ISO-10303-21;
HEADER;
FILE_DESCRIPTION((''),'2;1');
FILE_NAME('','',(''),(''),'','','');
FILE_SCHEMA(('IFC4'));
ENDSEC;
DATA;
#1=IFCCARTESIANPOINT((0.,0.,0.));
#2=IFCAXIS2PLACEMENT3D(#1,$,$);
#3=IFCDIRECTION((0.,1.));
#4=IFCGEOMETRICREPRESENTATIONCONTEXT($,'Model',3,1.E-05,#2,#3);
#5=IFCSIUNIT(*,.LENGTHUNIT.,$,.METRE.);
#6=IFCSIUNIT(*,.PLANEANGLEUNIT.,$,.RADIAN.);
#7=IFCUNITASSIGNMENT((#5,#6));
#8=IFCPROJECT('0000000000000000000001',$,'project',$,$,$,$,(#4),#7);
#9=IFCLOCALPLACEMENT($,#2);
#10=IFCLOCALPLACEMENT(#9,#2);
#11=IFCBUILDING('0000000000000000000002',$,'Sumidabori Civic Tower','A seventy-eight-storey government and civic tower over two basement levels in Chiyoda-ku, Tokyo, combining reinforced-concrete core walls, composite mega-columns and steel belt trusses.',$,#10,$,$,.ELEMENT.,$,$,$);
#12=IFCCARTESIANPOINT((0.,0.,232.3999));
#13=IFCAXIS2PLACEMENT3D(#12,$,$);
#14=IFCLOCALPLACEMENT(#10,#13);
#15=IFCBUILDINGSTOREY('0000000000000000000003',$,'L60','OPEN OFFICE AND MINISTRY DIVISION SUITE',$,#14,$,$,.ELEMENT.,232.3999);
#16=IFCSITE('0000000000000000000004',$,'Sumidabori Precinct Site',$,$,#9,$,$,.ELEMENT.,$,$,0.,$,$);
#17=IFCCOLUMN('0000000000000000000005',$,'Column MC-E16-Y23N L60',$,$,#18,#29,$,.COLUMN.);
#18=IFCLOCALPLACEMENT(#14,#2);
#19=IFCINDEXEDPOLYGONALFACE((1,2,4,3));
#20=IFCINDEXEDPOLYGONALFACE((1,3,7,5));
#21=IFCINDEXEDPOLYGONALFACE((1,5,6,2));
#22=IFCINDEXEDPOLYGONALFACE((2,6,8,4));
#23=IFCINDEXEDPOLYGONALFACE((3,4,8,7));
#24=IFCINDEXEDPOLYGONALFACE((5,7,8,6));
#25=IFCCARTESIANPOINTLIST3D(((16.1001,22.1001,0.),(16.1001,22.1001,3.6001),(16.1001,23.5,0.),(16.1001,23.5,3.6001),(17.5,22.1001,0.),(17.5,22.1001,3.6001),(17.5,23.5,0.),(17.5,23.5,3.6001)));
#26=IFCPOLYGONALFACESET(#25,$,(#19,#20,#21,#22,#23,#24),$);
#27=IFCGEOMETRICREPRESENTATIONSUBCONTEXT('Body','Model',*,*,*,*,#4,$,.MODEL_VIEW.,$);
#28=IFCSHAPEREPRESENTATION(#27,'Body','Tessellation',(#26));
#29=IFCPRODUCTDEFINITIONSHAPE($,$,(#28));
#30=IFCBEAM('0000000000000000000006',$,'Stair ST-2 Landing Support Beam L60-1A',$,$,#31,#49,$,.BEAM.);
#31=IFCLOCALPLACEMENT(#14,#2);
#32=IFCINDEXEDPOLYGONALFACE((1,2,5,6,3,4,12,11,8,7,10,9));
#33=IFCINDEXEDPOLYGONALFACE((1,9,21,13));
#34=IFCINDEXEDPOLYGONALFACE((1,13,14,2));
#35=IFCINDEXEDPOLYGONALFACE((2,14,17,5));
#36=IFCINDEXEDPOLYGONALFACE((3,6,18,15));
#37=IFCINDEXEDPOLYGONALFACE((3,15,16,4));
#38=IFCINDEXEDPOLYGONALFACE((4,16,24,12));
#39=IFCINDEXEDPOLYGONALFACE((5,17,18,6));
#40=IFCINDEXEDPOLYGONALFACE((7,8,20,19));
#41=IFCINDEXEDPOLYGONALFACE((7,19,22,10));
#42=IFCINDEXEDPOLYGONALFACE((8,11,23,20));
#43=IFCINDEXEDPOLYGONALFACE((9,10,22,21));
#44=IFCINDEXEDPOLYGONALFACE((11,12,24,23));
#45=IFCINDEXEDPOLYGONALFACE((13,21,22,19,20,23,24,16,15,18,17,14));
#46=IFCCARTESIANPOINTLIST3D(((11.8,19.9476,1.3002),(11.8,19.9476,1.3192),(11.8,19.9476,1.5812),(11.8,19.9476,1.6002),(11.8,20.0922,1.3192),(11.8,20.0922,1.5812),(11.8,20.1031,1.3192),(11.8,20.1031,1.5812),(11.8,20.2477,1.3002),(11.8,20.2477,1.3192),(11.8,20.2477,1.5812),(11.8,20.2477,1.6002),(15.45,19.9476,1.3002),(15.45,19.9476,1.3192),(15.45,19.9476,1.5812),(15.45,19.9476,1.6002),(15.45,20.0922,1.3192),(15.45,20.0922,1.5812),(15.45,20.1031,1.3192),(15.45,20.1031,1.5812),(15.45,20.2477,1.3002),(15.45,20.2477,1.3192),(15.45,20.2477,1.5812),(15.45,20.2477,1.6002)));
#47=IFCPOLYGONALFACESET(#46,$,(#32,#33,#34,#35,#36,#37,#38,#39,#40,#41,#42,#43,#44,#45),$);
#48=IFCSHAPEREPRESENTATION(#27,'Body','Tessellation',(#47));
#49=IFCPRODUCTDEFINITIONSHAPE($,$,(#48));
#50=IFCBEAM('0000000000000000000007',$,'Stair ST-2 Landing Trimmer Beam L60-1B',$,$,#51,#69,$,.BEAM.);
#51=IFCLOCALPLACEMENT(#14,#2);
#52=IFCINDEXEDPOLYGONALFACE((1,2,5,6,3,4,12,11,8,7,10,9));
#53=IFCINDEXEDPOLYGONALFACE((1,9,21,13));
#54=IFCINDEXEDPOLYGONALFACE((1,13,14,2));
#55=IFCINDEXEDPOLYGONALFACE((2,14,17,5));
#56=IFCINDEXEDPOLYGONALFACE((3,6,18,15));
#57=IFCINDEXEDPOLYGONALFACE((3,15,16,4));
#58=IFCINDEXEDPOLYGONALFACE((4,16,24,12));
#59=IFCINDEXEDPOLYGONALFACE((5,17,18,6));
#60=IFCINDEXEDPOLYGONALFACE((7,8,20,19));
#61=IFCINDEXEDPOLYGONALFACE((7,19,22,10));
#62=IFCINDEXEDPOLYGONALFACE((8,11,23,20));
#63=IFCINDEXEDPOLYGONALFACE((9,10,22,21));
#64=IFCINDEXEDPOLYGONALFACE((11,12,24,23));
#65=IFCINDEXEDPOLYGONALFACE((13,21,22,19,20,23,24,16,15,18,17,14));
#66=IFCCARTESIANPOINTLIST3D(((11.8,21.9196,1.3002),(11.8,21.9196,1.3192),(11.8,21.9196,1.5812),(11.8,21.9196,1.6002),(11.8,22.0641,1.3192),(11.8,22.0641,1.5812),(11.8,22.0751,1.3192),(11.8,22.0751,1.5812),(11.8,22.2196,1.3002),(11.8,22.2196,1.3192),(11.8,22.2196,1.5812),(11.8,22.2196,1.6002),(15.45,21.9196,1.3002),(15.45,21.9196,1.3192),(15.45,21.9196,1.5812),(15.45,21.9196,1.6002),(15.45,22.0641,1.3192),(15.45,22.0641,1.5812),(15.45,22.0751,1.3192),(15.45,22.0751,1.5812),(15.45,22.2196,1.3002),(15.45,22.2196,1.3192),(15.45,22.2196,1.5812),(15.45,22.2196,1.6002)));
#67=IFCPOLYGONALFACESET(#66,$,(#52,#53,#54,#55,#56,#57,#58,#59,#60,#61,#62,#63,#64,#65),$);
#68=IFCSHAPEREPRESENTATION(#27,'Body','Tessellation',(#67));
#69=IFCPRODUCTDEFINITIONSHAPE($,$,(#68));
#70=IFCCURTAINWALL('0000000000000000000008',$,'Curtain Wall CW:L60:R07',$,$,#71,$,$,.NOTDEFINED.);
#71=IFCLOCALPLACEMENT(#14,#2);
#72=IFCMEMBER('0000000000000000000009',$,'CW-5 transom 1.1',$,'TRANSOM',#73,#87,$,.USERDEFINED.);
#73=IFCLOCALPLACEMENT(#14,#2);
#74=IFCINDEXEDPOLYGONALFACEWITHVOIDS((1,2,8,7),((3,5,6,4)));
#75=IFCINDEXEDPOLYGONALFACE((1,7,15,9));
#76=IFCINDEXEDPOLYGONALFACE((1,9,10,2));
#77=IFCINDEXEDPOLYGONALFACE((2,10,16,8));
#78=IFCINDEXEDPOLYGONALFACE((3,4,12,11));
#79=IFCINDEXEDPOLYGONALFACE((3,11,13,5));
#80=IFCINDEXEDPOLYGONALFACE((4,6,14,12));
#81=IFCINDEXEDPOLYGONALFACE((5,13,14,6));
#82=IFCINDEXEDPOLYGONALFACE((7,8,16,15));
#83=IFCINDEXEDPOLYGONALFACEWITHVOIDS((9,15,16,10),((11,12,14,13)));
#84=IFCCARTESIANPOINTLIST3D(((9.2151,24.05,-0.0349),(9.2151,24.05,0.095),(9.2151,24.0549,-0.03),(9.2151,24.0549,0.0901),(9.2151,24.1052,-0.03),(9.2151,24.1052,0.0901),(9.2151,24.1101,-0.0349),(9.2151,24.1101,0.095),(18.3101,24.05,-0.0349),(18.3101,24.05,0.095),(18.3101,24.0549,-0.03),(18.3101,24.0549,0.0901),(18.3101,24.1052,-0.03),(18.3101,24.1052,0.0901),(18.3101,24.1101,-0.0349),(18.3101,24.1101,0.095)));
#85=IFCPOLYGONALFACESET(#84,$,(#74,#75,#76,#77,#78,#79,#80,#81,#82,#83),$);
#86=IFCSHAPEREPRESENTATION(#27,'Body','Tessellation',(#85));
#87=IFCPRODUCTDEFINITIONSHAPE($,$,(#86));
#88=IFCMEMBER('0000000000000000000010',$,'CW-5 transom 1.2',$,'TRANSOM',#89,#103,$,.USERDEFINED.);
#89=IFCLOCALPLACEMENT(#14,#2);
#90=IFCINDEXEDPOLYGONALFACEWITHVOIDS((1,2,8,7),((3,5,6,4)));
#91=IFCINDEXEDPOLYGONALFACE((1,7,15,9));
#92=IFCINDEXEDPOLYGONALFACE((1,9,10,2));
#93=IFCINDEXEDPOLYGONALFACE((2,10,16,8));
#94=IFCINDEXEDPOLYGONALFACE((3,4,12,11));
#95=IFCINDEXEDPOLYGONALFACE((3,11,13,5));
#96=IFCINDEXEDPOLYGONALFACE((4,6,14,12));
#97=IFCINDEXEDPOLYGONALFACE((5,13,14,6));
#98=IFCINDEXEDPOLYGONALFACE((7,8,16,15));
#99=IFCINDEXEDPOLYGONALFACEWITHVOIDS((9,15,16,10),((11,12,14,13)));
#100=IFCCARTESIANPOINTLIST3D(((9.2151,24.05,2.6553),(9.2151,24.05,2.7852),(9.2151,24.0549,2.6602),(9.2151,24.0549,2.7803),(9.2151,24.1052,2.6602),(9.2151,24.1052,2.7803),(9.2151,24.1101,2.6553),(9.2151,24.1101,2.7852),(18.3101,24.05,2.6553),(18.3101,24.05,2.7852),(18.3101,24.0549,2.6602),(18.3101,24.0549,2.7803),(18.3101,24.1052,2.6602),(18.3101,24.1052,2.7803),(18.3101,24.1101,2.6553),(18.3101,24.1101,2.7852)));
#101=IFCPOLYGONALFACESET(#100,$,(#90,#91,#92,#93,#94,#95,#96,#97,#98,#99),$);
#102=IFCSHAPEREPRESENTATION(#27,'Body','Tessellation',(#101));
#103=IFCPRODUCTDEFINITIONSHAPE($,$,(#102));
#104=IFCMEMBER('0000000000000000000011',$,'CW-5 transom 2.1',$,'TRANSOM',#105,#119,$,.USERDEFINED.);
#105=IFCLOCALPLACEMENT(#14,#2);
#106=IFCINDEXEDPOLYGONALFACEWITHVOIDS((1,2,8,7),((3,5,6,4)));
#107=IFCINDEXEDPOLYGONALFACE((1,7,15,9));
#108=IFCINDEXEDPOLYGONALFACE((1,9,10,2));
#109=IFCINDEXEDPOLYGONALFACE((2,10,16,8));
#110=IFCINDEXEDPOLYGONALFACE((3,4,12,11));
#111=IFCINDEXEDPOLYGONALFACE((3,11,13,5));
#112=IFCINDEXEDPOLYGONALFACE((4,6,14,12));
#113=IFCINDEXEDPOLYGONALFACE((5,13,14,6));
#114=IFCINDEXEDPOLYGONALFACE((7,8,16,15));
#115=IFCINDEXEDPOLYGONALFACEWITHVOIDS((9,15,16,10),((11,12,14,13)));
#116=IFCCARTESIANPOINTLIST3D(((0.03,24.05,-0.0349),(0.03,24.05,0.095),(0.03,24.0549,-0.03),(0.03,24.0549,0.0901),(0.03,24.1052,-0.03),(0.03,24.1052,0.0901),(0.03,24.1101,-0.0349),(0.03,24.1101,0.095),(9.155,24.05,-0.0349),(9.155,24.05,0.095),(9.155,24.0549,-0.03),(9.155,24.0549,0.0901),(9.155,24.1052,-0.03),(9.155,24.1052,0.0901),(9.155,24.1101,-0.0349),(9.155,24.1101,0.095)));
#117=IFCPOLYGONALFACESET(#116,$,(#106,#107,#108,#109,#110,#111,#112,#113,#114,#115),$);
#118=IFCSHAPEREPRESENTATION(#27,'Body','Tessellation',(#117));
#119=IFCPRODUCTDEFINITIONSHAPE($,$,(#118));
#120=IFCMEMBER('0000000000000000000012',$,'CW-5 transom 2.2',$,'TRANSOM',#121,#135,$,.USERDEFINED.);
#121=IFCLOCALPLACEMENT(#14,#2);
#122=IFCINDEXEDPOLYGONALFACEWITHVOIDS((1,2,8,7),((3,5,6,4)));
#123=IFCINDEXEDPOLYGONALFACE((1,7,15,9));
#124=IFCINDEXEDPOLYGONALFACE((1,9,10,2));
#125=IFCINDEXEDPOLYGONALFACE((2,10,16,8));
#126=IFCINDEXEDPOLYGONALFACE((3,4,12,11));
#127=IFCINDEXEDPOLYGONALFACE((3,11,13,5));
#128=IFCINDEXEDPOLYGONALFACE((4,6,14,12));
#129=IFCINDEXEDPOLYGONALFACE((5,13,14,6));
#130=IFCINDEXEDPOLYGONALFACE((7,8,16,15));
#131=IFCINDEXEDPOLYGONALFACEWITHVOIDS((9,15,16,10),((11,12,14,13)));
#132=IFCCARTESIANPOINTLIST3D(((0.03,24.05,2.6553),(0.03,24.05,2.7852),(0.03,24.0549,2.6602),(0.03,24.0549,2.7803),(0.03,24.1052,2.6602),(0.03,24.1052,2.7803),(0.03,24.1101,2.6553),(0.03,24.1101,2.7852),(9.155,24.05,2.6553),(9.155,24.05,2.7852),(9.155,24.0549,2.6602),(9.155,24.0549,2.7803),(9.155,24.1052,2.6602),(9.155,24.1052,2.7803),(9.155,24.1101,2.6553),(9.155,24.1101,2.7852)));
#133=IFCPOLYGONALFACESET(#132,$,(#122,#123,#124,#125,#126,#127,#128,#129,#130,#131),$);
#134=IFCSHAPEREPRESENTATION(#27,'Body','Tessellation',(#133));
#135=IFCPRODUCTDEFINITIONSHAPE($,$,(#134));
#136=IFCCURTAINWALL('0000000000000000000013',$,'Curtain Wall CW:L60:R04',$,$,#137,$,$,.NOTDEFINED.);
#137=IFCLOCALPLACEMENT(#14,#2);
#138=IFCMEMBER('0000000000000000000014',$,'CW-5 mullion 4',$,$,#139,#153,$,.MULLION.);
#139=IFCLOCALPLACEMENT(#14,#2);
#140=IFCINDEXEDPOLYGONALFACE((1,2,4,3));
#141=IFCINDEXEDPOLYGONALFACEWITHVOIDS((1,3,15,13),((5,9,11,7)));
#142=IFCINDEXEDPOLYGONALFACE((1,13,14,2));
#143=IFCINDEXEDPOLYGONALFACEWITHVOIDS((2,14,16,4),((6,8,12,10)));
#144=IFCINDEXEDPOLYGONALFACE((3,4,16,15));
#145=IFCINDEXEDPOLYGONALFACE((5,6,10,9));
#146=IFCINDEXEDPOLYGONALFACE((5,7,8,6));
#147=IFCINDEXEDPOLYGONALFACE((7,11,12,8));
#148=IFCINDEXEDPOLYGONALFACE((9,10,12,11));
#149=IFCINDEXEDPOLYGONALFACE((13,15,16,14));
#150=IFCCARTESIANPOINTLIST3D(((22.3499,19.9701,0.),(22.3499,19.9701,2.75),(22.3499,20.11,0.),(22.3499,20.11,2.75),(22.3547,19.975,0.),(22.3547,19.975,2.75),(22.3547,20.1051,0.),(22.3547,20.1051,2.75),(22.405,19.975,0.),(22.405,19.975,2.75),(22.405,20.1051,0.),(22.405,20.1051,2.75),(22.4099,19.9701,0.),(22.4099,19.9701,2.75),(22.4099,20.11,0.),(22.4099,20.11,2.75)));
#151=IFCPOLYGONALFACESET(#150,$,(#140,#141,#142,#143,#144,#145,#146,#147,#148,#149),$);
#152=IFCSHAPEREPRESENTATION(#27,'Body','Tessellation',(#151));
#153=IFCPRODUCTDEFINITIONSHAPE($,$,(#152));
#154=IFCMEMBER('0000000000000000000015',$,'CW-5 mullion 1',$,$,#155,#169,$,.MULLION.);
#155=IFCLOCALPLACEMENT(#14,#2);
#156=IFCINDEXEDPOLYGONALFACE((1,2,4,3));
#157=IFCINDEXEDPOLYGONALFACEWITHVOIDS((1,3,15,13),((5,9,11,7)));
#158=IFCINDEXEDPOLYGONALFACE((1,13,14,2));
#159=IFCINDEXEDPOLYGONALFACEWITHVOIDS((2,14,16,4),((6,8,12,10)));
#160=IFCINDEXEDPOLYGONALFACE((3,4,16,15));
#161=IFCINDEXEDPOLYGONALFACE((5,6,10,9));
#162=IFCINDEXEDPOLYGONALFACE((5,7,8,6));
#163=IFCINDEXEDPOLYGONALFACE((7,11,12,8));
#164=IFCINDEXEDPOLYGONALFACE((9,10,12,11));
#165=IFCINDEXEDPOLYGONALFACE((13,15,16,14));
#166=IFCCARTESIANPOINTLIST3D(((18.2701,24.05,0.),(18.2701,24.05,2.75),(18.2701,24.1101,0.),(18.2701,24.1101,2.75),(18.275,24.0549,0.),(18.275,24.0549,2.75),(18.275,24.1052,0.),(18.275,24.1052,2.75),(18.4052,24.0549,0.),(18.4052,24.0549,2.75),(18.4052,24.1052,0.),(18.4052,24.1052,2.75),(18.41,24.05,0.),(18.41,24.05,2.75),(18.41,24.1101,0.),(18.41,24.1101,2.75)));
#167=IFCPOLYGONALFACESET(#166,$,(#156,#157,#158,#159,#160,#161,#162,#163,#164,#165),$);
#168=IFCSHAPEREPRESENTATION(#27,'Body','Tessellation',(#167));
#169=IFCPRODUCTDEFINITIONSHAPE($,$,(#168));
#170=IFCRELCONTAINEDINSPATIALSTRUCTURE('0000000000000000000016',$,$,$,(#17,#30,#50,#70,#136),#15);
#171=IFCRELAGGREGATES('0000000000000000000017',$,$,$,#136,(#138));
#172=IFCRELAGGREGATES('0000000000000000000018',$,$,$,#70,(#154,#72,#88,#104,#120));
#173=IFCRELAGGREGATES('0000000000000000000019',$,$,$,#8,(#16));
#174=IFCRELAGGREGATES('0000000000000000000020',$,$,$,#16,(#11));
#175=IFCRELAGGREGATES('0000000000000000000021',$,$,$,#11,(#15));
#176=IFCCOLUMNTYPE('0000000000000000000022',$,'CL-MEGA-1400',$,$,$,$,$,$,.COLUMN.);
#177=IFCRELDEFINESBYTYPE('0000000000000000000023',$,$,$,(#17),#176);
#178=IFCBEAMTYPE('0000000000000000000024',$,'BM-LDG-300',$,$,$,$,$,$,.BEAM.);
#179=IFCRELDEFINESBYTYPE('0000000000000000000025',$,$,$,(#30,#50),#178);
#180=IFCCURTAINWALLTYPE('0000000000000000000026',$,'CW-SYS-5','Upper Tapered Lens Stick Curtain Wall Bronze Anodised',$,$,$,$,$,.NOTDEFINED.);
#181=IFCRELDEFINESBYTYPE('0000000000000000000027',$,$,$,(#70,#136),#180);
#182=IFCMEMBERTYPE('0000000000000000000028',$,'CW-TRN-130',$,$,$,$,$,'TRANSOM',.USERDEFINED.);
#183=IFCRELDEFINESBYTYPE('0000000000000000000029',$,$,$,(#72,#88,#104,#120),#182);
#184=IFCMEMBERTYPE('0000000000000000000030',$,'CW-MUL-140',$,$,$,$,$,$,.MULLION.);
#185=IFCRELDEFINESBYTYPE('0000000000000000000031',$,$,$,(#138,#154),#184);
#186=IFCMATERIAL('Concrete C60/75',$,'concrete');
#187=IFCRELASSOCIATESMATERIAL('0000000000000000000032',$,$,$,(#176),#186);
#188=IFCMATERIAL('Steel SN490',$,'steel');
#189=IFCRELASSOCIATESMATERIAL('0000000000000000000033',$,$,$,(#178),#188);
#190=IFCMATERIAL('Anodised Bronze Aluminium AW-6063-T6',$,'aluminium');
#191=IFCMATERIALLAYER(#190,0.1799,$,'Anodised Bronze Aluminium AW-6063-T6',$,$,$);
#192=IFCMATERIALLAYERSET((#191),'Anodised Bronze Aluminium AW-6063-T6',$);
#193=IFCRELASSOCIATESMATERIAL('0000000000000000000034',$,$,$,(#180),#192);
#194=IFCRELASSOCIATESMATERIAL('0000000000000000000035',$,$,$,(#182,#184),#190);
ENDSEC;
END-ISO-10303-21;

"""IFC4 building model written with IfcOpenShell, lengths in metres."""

from ifc_helpers import new_model, si_unit, direction, frame, origin, origin_2d, place, context, subcontext, project, spatial, rectangle, hollow_rectangle, i_section, extrude, source, transform, mapped, material, layer, layer_set, material_profile, profile_set, type_object, element, aggregate, save


model = new_model("IFC4")

# Units and contexts
model_context = context("Model", 3, precision=1e-05, world=origin(), true_north=direction((0.0, 1.0)))
body_context = subcontext(model_context, "Body", "Model", "MODEL_VIEW")
ifc_project = project(units=[si_unit("LENGTHUNIT", "METRE"), si_unit("PLANEANGLEUNIT", "RADIAN")], contexts=[model_context])

# Site, building, storey
site_placement = place(None, origin())
site = spatial("IfcSite", under=ifc_project, at=site_placement, Name="Sumidabori Precinct Site", CompositionType="ELEMENT", RefElevation=0.0)
building_placement = place(site_placement, origin())
building = spatial("IfcBuilding", under=site, at=building_placement, Name="Sumidabori Civic Tower", Description="A seventy-eight-storey government and civic tower over two basement levels in Chiyoda-ku, Tokyo, combining reinforced-concrete core walls, composite mega-columns and steel belt trusses.", CompositionType="ELEMENT")
storey_placement = place(building_placement, frame((0.0, 0.0, 232.3999)))
storey = spatial("IfcBuildingStorey", under=building, at=storey_placement, Name="L60", Description="OPEN OFFICE AND MINISTRY DIVISION SUITE", CompositionType="ELEMENT", Elevation=232.3999)

# Column
ifc_material_1 = material(Name="Concrete C60/75", Category="concrete")
ifc_material_profile_1 = material_profile(ifc_material_1, rectangle(XDim=1.3999, YDim=1.3999, at=origin_2d()), Name="RC 1400x1400")
ifc_profile_set_1 = profile_set([ifc_material_profile_1], Name="Concrete C60/75")
column_type = type_object("IfcColumnType", Name="CL-MEGA-1400", PredefinedType="COLUMN", material=ifc_profile_set_1)
shared_shape_1 = source(origin(), body_context, "Body", "SweptSolid", [
    extrude(rectangle(XDim=1.3999, YDim=1.3999, at=origin_2d()), origin(), (0.0, 0.0, 1.0), 3.6001),
])
column_placement = place(storey_placement, frame((16.8, 22.8, 0.0), z_axis=(0.0, 0.0, 1.0), x_axis=(1.0, 0.0, 0.0)))
element("IfcColumn", 1, at=column_placement, inside=storey, type_object=column_type, Name="Column MC-E16-Y23N L60", PredefinedType="COLUMN", context=body_context, shape_type="MappedRepresentation", body=[
    mapped(shared_shape_1, transform((0.0, 0.0, 0.0), x_axis=(1.0, 0.0, 0.0), y_axis=(0.0, 1.0, 0.0), z_axis=(0.0, 0.0, 1.0), scale=1.0)),
])

# Beams
ifc_material_2 = material(Name="Steel SN490", Category="steel")
ifc_material_profile_2 = material_profile(ifc_material_2, i_section(OverallWidth=0.3, OverallDepth=0.3, WebThickness=0.011, FlangeThickness=0.019, at=origin_2d()), Name="HE 300 B")
ifc_profile_set_2 = profile_set([ifc_material_profile_2], Name="Steel SN490")
beam_type = type_object("IfcBeamType", Name="BM-LDG-300", PredefinedType="BEAM", material=ifc_profile_set_2)
shared_shape_2 = source(origin(), body_context, "Body", "SweptSolid", [
    extrude(i_section(OverallWidth=0.3, OverallDepth=0.3, WebThickness=0.011, FlangeThickness=0.019, at=origin_2d()), origin(), (0.0, 0.0, 1.0), 3.6499),
])
for number, where, z_axis, x_axis, name in (
    (2, (11.8, 20.0977, 1.4502), (1.0, 0.0, 0.0), (0.0, 1.0, 0.0), "Stair ST-2 Landing Support Beam L60-1A"),
    (3, (11.8, 22.0696, 1.4502), (1.0, 0.0, 0.0), (0.0, 1.0, 0.0), "Stair ST-2 Landing Trimmer Beam L60-1B"),
):
    element("IfcBeam", number, at=place(storey_placement, frame(where, z_axis=z_axis, x_axis=x_axis)), inside=storey, type_object=beam_type, Name=name, PredefinedType="BEAM", context=body_context, shape_type="MappedRepresentation", body=[
        mapped(shared_shape_2, transform((0.0, 0.0, 0.0), x_axis=(1.0, 0.0, 0.0), y_axis=(0.0, 1.0, 0.0), z_axis=(0.0, 0.0, 1.0), scale=1.0)),
    ])

# Curtain wall, members
ifc_material_3 = material(Name="Anodised Bronze Aluminium AW-6063-T6", Category="aluminium")
ifc_layer_1 = layer(ifc_material_3, 0.1799, Name="Anodised Bronze Aluminium AW-6063-T6")
ifc_layer_set_1 = layer_set([ifc_layer_1], Name="Anodised Bronze Aluminium AW-6063-T6")
curtain_wall_type = type_object("IfcCurtainWallType", Name="CW-SYS-5", Description="Upper Tapered Lens Stick Curtain Wall Bronze Anodised", PredefinedType="NOTDEFINED", material=ifc_layer_set_1)
curtain_wall_1_placement = place(storey_placement, origin())
curtain_wall_1 = element("IfcCurtainWall", 4, at=curtain_wall_1_placement, inside=storey, type_object=curtain_wall_type, Name="Curtain Wall CW:L60:R07", PredefinedType="NOTDEFINED")
ifc_material_profile_3 = material_profile(ifc_material_3, hollow_rectangle(XDim=0.0601, YDim=0.1299, WallThickness=0.0049, at=origin_2d()), Name="ALU TRANSOM 130x60")
ifc_profile_set_3 = profile_set([ifc_material_profile_3], Name="Anodised Bronze Aluminium AW-6063-T6")
member_type_1 = type_object("IfcMemberType", Name="CW-TRN-130", ElementType="TRANSOM", PredefinedType="USERDEFINED", material=ifc_profile_set_3)
shared_shape_3 = source(origin(), body_context, "Body", "SweptSolid", [
    extrude(hollow_rectangle(XDim=0.0601, YDim=0.1299, WallThickness=0.0049, at=origin_2d()), origin(), (0.0, 0.0, 1.0), 9.095),
])
member_1_placement = place(storey_placement, frame((18.3101, 24.0801, 0.03), z_axis=(-1.0, 0.0, 0.0), x_axis=(0.0, -1.0, 0.0)))
member_1 = element("IfcMember", 5, at=member_1_placement, type_object=member_type_1, Name="CW-5 transom 1.1", ObjectType="TRANSOM", PredefinedType="USERDEFINED", context=body_context, shape_type="MappedRepresentation", body=[
    mapped(shared_shape_3, transform((0.0, 0.0, 0.0), x_axis=(1.0, 0.0, 0.0), y_axis=(0.0, 1.0, 0.0), z_axis=(0.0, 0.0, 1.0), scale=1.0)),
])
member_2_placement = place(storey_placement, frame((18.3101, 24.0801, 2.7202), z_axis=(-1.0, 0.0, 0.0), x_axis=(0.0, -1.0, 0.0)))
member_2 = element("IfcMember", 6, at=member_2_placement, type_object=member_type_1, Name="CW-5 transom 1.2", ObjectType="TRANSOM", PredefinedType="USERDEFINED", context=body_context, shape_type="MappedRepresentation", body=[
    mapped(shared_shape_3, transform((0.0, 0.0, 0.0), x_axis=(1.0, 0.0, 0.0), y_axis=(0.0, 1.0, 0.0), z_axis=(0.0, 0.0, 1.0), scale=1.0)),
])
shared_shape_4 = source(origin(), body_context, "Body", "SweptSolid", [
    extrude(hollow_rectangle(XDim=0.0601, YDim=0.1299, WallThickness=0.0049, at=origin_2d()), origin(), (0.0, 0.0, 1.0), 9.125),
])
member_3_placement = place(storey_placement, frame((9.155, 24.0801, 0.03), z_axis=(-1.0, 0.0, 0.0), x_axis=(0.0, -1.0, 0.0)))
member_3 = element("IfcMember", 7, at=member_3_placement, type_object=member_type_1, Name="CW-5 transom 2.1", ObjectType="TRANSOM", PredefinedType="USERDEFINED", context=body_context, shape_type="MappedRepresentation", body=[
    mapped(shared_shape_4, transform((0.0, 0.0, 0.0), x_axis=(1.0, 0.0, 0.0), y_axis=(0.0, 1.0, 0.0), z_axis=(0.0, 0.0, 1.0), scale=1.0)),
])
member_4_placement = place(storey_placement, frame((9.155, 24.0801, 2.7202), z_axis=(-1.0, 0.0, 0.0), x_axis=(0.0, -1.0, 0.0)))
member_4 = element("IfcMember", 8, at=member_4_placement, type_object=member_type_1, Name="CW-5 transom 2.2", ObjectType="TRANSOM", PredefinedType="USERDEFINED", context=body_context, shape_type="MappedRepresentation", body=[
    mapped(shared_shape_4, transform((0.0, 0.0, 0.0), x_axis=(1.0, 0.0, 0.0), y_axis=(0.0, 1.0, 0.0), z_axis=(0.0, 0.0, 1.0), scale=1.0)),
])

# Curtain wall, member
curtain_wall_2_placement = place(storey_placement, origin())
curtain_wall_2 = element("IfcCurtainWall", 9, at=curtain_wall_2_placement, inside=storey, type_object=curtain_wall_type, Name="Curtain Wall CW:L60:R04", PredefinedType="NOTDEFINED")
ifc_material_profile_4 = material_profile(ifc_material_3, hollow_rectangle(XDim=0.0601, YDim=0.1399, WallThickness=0.0049, at=origin_2d()), Name="ALU MULLION 140x60")
ifc_profile_set_4 = profile_set([ifc_material_profile_4], Name="Anodised Bronze Aluminium AW-6063-T6")
member_type_2 = type_object("IfcMemberType", Name="CW-MUL-140", PredefinedType="MULLION", material=ifc_profile_set_4)
shared_shape_5 = source(origin(), body_context, "Body", "SweptSolid", [
    extrude(hollow_rectangle(XDim=0.0601, YDim=0.1399, WallThickness=0.0049, at=origin_2d()), origin(), (0.0, 0.0, 1.0), 2.75),
])
member_5_placement = place(storey_placement, frame((22.3799, 20.04, 0.0), z_axis=(0.0, 0.0, 1.0), x_axis=(-1.0, 0.0, 0.0)))
member_5 = element("IfcMember", 10, at=member_5_placement, type_object=member_type_2, Name="CW-5 mullion 4", PredefinedType="MULLION", context=body_context, shape_type="MappedRepresentation", body=[
    mapped(shared_shape_5, transform((0.0, 0.0, 0.0), x_axis=(1.0, 0.0, 0.0), y_axis=(0.0, 1.0, 0.0), z_axis=(0.0, 0.0, 1.0), scale=1.0)),
])
aggregate(curtain_wall_2, [member_5])

# Member
member_6_placement = place(storey_placement, frame((18.3401, 24.0801, 0.0), z_axis=(0.0, 0.0, 1.0), x_axis=(0.0, -1.0, 0.0)))
member_6 = element("IfcMember", 11, at=member_6_placement, type_object=member_type_2, Name="CW-5 mullion 1", PredefinedType="MULLION", context=body_context, shape_type="MappedRepresentation", body=[
    mapped(shared_shape_5, transform((0.0, 0.0, 0.0), x_axis=(1.0, 0.0, 0.0), y_axis=(0.0, 1.0, 0.0), z_axis=(0.0, 0.0, 1.0), scale=1.0)),
])

aggregate(curtain_wall_1, [member_6, member_1, member_2, member_3, member_4])

save(model, "model.ifc")
